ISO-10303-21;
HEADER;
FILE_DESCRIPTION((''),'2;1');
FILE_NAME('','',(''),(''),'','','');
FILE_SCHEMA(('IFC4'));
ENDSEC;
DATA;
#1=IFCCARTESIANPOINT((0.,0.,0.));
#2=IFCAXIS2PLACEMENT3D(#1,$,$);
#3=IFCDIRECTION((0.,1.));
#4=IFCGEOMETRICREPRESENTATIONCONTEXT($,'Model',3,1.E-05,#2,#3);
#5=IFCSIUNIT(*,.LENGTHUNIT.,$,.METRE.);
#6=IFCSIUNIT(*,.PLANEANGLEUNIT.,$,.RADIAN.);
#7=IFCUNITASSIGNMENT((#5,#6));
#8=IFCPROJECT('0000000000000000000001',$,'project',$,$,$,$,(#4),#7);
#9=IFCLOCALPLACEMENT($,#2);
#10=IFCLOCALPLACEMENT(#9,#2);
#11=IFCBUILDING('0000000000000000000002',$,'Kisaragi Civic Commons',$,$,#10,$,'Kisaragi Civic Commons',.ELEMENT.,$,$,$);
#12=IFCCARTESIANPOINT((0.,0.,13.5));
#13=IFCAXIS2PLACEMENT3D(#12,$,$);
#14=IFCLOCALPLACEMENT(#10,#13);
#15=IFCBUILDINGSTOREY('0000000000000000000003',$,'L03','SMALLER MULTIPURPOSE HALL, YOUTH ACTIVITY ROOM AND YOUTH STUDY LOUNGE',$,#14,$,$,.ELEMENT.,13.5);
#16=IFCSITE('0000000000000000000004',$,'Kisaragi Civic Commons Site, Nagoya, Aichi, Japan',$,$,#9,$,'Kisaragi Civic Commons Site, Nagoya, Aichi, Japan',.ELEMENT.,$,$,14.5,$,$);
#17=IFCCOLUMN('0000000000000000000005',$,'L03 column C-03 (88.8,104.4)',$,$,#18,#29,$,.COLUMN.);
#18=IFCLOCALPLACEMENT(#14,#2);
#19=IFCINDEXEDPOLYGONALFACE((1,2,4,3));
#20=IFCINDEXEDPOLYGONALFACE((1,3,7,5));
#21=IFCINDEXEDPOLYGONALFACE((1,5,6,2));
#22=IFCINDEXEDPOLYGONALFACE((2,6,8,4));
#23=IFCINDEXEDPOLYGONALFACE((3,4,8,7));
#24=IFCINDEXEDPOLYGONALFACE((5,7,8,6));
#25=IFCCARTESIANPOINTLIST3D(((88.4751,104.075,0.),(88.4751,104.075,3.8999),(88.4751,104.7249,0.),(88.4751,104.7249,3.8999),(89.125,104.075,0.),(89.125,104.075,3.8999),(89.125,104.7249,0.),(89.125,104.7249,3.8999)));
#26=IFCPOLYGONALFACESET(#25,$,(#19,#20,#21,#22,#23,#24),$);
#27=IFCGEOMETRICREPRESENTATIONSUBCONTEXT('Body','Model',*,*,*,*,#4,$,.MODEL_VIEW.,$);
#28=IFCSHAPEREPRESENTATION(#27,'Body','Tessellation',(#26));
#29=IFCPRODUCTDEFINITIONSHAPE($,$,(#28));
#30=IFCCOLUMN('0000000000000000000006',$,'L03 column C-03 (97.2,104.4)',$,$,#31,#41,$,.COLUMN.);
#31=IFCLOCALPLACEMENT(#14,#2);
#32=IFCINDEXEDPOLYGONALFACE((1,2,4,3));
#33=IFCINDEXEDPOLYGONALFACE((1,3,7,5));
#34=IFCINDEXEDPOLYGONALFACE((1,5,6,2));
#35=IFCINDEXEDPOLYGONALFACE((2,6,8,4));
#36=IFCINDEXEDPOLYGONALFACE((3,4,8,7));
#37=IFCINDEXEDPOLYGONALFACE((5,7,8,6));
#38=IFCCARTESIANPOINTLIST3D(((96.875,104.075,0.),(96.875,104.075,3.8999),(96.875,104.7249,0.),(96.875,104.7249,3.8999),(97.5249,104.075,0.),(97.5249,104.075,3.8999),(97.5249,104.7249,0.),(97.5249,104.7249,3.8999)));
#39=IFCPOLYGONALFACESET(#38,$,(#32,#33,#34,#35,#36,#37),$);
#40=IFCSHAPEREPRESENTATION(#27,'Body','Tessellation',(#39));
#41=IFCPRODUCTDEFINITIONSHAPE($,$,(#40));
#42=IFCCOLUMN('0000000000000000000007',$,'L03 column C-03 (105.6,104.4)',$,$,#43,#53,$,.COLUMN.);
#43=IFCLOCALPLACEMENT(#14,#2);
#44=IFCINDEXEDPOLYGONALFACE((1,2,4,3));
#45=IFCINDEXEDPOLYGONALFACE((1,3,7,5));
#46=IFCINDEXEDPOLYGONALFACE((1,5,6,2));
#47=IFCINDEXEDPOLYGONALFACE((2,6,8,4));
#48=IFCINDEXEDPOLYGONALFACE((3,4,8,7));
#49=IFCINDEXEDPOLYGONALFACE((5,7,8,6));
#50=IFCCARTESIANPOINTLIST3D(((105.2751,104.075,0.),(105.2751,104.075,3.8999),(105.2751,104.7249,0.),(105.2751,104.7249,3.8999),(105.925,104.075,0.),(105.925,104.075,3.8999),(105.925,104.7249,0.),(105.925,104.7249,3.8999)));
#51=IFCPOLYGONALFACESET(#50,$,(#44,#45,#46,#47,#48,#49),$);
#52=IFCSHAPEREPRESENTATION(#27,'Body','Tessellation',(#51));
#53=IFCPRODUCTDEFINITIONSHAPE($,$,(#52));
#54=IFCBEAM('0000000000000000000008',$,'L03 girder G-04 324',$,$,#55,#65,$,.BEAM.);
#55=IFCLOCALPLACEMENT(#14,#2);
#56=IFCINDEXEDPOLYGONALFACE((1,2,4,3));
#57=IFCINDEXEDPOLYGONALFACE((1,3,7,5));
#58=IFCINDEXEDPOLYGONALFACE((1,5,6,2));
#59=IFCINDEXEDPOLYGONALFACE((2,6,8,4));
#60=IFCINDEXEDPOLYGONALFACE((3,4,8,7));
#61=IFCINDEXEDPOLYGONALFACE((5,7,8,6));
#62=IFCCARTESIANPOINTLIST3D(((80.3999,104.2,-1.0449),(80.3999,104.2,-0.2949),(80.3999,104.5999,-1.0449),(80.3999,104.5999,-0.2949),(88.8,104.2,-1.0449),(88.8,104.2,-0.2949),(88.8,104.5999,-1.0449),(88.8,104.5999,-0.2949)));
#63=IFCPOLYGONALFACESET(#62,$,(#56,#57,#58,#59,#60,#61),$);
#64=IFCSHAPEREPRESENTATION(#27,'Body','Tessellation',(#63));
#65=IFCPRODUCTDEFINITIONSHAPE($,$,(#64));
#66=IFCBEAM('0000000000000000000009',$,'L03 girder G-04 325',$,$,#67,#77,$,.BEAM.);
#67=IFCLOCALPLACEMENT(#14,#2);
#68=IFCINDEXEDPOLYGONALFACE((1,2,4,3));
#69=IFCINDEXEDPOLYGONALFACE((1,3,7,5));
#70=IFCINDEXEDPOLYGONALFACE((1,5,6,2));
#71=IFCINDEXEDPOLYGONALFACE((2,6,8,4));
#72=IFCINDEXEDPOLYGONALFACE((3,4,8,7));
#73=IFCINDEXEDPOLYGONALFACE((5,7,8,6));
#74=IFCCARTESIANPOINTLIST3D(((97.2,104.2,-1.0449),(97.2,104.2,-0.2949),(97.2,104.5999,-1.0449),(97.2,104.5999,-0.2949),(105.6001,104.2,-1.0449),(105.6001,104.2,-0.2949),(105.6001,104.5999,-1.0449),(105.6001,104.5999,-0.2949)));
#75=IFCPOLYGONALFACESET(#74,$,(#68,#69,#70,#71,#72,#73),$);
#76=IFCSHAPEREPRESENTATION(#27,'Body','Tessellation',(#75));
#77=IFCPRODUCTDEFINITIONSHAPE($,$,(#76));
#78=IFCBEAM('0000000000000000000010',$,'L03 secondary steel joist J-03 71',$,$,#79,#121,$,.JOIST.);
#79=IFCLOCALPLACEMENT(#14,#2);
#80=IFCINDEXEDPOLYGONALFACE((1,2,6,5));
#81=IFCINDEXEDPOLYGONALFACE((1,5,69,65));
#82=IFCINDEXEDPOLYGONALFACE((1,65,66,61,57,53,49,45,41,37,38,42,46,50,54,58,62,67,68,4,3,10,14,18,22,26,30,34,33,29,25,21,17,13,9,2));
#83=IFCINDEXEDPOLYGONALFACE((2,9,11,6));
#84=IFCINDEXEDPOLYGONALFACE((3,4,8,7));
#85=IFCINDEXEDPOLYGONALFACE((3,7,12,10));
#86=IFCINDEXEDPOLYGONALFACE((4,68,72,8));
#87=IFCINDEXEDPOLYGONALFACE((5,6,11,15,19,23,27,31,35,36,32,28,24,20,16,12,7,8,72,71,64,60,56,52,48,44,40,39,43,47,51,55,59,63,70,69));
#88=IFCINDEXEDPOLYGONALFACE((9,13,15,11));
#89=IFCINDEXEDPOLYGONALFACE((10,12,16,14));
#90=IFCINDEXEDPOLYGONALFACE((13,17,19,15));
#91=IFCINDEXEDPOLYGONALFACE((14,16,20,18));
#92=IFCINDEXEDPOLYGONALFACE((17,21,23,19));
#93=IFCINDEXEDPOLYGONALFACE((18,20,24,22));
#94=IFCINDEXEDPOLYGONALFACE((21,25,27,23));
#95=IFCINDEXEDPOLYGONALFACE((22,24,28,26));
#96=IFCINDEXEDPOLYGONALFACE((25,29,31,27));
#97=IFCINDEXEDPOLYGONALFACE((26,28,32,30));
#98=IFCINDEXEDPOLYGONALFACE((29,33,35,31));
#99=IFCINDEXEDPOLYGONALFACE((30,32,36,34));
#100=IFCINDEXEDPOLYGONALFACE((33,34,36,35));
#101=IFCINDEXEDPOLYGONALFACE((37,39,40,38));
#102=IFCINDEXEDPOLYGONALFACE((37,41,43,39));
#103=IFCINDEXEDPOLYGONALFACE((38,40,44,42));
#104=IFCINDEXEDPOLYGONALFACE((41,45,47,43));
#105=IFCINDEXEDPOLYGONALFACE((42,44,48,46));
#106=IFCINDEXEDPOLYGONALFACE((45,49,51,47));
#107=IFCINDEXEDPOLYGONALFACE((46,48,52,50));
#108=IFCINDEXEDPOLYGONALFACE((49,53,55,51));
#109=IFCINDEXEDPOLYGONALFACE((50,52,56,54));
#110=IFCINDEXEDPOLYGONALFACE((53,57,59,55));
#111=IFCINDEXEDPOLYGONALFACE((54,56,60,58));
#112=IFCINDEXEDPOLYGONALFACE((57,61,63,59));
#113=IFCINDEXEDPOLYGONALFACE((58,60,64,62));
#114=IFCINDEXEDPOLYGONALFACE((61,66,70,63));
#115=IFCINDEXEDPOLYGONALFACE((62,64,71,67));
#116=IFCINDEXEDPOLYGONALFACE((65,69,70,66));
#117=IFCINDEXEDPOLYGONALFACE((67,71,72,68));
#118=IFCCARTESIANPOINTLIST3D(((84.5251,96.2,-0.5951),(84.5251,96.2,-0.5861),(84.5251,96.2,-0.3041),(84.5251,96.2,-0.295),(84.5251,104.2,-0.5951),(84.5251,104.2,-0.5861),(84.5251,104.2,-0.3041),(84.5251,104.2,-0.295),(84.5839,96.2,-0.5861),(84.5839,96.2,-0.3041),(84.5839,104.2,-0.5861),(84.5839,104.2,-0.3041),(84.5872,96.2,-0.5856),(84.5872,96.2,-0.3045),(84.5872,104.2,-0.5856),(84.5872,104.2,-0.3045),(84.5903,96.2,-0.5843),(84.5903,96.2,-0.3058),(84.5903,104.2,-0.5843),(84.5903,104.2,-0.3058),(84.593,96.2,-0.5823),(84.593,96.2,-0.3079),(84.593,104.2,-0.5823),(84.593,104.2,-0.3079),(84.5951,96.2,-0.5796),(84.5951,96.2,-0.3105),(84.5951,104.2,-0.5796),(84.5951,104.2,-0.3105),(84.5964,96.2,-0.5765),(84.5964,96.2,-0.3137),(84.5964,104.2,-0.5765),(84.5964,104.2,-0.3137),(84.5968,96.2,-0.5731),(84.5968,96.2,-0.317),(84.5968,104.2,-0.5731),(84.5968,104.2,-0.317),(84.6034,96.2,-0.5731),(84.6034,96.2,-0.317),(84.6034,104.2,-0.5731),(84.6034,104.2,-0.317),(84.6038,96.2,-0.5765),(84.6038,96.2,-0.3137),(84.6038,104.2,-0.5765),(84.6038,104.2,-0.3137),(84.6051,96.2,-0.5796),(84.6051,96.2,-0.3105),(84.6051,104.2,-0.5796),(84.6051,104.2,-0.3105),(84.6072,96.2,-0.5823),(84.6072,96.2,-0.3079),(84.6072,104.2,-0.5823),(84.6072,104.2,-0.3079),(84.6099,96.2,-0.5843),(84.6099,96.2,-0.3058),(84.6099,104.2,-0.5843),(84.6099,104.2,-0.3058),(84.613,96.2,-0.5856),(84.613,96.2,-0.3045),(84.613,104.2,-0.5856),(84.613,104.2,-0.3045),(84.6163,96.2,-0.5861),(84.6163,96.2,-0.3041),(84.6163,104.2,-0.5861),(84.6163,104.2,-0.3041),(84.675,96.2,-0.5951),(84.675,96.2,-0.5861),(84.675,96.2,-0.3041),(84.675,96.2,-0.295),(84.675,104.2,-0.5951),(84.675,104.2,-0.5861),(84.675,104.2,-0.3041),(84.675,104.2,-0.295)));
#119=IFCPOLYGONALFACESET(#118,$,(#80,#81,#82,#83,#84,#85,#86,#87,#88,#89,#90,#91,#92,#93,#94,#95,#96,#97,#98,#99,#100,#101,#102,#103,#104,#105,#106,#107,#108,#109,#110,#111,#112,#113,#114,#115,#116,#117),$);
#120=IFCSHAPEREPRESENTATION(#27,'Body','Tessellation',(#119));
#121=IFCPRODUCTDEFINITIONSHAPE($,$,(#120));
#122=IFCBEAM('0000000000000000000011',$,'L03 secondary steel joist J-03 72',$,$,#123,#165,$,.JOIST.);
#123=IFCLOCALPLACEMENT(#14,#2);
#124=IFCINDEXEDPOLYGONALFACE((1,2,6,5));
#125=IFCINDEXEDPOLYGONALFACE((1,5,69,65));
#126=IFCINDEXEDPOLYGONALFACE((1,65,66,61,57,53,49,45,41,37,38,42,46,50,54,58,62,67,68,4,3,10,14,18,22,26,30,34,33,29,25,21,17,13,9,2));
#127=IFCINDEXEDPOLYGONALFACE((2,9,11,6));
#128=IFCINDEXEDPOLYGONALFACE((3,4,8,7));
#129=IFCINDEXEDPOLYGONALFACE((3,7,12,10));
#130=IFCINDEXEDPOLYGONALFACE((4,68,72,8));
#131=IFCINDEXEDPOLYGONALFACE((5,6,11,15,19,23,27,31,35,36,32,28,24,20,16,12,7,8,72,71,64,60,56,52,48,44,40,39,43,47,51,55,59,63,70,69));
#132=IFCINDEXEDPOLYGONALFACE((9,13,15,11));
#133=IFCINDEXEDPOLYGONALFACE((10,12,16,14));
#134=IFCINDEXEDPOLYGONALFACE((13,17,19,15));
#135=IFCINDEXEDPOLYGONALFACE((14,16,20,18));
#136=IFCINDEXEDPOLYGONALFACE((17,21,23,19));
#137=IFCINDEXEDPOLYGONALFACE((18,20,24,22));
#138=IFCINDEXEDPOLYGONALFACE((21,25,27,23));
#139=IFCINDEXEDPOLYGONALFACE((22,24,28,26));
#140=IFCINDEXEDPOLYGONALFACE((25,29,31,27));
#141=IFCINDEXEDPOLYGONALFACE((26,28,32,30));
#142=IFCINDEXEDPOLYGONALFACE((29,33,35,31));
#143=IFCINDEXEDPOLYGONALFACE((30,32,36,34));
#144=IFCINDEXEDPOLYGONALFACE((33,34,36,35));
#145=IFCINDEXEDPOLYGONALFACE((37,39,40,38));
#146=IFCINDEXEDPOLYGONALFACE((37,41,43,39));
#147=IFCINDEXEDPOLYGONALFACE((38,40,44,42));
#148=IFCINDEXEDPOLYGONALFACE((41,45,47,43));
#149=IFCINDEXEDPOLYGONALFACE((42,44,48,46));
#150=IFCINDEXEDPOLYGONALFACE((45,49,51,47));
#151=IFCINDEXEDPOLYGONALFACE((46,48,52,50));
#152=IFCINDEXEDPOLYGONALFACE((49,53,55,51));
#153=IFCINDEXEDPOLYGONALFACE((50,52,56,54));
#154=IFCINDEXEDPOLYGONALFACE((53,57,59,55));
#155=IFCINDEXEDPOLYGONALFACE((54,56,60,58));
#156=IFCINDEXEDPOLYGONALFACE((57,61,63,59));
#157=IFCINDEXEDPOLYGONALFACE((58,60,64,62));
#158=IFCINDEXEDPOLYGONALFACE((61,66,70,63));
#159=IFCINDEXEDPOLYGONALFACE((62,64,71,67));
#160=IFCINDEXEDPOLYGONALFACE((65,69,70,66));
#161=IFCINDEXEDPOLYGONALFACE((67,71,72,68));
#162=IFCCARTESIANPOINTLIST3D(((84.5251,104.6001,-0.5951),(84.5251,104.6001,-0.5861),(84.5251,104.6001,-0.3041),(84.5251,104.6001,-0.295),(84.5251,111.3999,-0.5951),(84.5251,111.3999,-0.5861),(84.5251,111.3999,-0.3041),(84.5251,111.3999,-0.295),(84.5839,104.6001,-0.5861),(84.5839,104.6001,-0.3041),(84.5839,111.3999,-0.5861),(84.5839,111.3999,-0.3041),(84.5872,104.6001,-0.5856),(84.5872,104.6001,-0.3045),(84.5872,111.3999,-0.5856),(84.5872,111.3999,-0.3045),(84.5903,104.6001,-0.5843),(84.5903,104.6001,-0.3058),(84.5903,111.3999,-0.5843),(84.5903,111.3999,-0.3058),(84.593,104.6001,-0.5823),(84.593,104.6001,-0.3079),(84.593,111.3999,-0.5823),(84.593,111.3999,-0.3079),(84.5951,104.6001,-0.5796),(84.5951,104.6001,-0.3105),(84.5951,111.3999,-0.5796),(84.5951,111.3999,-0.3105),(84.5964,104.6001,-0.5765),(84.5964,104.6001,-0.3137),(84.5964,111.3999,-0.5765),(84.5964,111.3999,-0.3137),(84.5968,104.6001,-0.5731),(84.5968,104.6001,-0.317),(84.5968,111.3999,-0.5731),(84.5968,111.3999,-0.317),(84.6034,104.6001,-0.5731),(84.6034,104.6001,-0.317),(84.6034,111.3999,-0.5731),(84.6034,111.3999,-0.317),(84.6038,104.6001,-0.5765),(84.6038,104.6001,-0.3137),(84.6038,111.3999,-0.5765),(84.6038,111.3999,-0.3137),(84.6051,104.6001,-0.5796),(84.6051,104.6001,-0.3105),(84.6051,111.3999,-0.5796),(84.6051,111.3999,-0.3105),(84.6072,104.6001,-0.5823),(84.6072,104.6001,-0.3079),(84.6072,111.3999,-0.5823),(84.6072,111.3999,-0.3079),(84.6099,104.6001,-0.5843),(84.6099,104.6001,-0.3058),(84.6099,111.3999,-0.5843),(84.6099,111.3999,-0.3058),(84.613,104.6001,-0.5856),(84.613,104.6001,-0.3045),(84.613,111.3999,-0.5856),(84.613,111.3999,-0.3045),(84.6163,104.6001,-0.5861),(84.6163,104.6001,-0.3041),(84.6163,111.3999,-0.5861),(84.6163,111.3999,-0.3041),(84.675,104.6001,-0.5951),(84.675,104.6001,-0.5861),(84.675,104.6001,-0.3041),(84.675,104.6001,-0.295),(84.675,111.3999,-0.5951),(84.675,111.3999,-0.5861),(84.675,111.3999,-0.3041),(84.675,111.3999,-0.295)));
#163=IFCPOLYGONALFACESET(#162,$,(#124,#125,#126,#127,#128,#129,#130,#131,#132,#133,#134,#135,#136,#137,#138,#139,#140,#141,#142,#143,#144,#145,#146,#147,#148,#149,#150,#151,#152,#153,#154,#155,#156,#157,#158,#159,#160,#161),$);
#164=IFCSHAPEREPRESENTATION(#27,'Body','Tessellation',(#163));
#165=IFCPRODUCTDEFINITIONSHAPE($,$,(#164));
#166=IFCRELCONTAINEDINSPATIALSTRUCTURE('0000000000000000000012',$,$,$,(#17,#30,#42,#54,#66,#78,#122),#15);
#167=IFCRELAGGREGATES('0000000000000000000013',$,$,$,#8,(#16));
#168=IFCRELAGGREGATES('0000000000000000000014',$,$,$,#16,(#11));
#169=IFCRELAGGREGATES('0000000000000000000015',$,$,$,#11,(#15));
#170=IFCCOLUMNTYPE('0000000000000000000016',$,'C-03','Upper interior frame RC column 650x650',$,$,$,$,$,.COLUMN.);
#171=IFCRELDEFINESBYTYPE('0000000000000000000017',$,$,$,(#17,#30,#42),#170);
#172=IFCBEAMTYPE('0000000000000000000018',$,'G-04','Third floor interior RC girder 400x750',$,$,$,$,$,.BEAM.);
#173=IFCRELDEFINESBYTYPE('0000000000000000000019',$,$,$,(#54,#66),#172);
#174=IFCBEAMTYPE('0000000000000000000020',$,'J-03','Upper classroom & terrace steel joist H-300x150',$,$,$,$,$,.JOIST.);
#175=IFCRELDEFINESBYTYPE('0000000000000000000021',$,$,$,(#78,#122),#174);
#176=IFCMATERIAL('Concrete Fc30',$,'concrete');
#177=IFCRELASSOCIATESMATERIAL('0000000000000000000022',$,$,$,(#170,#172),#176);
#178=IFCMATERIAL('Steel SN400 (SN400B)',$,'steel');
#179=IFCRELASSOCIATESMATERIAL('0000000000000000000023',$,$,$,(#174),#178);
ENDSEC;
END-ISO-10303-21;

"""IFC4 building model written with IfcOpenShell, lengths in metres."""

from ifc_helpers import new_model, si_unit, direction, frame, origin, origin_2d, place, context, subcontext, project, spatial, rectangle, i_section, extrude, material, material_profile, profile_set, type_object, element, save


model = new_model("IFC4")

# Units and contexts
model_context = context("Model", 3, precision=1e-05, world=origin(), true_north=direction((0.0, 1.0)))
body_context = subcontext(model_context, "Body", "Model", "MODEL_VIEW")
ifc_project = project(units=[si_unit("LENGTHUNIT", "METRE"), si_unit("PLANEANGLEUNIT", "RADIAN")], contexts=[model_context])

# Site, building, storey
site_placement = place(None, origin())
site = spatial("IfcSite", under=ifc_project, at=site_placement, Name="Kisaragi Civic Commons Site, Nagoya, Aichi, Japan", LongName="Kisaragi Civic Commons Site, Nagoya, Aichi, Japan", CompositionType="ELEMENT", RefElevation=14.5)
building_placement = place(site_placement, origin())
building = spatial("IfcBuilding", under=site, at=building_placement, Name="Kisaragi Civic Commons", LongName="Kisaragi Civic Commons", CompositionType="ELEMENT")
storey_placement = place(building_placement, frame((0.0, 0.0, 13.5)))
storey = spatial("IfcBuildingStorey", under=building, at=storey_placement, Name="L03", Description="SMALLER MULTIPURPOSE HALL, YOUTH ACTIVITY ROOM AND YOUTH STUDY LOUNGE", CompositionType="ELEMENT", Elevation=13.5)

# Columns
ifc_material_1 = material(Name="Concrete Fc30", Category="concrete")
ifc_material_profile_1 = material_profile(ifc_material_1, rectangle(XDim=0.6499, YDim=0.6499, at=origin_2d()), Name="RC-650x650", Category="concrete")
ifc_profile_set_1 = profile_set([ifc_material_profile_1], Name="Concrete Fc30")
column_type = type_object("IfcColumnType", Name="C-03", Description="Upper interior frame RC column 650x650", PredefinedType="COLUMN", material=ifc_profile_set_1)
for number, where, z_axis, x_axis, name in (
    (1, (88.8, 104.3999, 0.0), (0.0, 0.0, 1.0), (1.0, 0.0, 0.0), "L03 column C-03 (88.8,104.4)"),
    (2, (97.2, 104.3999, 0.0), (0.0, 0.0, 1.0), (1.0, 0.0, 0.0), "L03 column C-03 (97.2,104.4)"),
    (3, (105.6001, 104.3999, 0.0), (0.0, 0.0, 1.0), (1.0, 0.0, 0.0), "L03 column C-03 (105.6,104.4)"),
):
    element("IfcColumn", number, at=place(storey_placement, frame(where, z_axis=z_axis, x_axis=x_axis)), inside=storey, type_object=column_type, Name=name, PredefinedType="COLUMN", context=body_context, shape_type="SweptSolid", body=[
        extrude(rectangle(XDim=0.6499, YDim=0.6499, at=origin_2d()), origin(), (0.0, 0.0, 1.0), 3.8999),
    ])

# Beams
ifc_material_profile_2 = material_profile(ifc_material_1, rectangle(XDim=0.3999, YDim=0.75, at=origin_2d()), Name="RC-400x750", Category="concrete")
ifc_profile_set_2 = profile_set([ifc_material_profile_2], Name="Concrete Fc30")
beam_type_1 = type_object("IfcBeamType", Name="G-04", Description="Third floor interior RC girder 400x750", PredefinedType="BEAM", material=ifc_profile_set_2)
for number, where, z_axis, x_axis, name in (
    (4, (80.3999, 104.3999, -0.6699), (1.0, 0.0, 0.0), (0.0, 1.0, 0.0), "L03 girder G-04 324"),
    (5, (97.2, 104.3999, -0.6699), (1.0, 0.0, 0.0), (0.0, 1.0, 0.0), "L03 girder G-04 325"),
):
    element("IfcBeam", number, at=place(storey_placement, frame(where, z_axis=z_axis, x_axis=x_axis)), inside=storey, type_object=beam_type_1, Name=name, PredefinedType="BEAM", context=body_context, shape_type="SweptSolid", body=[
        extrude(rectangle(XDim=0.3999, YDim=0.75, at=origin_2d()), origin(), (0.0, 0.0, 1.0), 8.4001),
    ])
ifc_material_2 = material(Name="Steel SN400 (SN400B)", Category="steel")
ifc_material_profile_3 = material_profile(ifc_material_2, i_section(OverallWidth=0.1499, OverallDepth=0.3, WebThickness=0.0066, FlangeThickness=0.009, FilletRadius=0.0129, at=origin_2d()), Name="H-300x150x6.5x9", Category="steel")
ifc_profile_set_3 = profile_set([ifc_material_profile_3], Name="Steel SN400 (SN400B)")
beam_type_2 = type_object("IfcBeamType", Name="J-03", Description="Upper classroom & terrace steel joist H-300x150", PredefinedType="JOIST", material=ifc_profile_set_3)
beam_placement = place(storey_placement, frame((84.6001, 96.2, -0.4451), z_axis=(0.0, 1.0, 0.0), x_axis=(-1.0, 0.0, 0.0)))
element("IfcBeam", 6, at=beam_placement, inside=storey, type_object=beam_type_2, Name="L03 secondary steel joist J-03 71", PredefinedType="JOIST", context=body_context, shape_type="SweptSolid", body=[
    extrude(i_section(OverallWidth=0.1499, OverallDepth=0.3, WebThickness=0.0066, FlangeThickness=0.009, FilletRadius=0.0129, at=origin_2d()), origin(), (0.0, 0.0, 1.0), 8.0),
])
for number, where, z_axis, x_axis, name in (
    (7, (84.6001, 104.6001, -0.4451), (0.0, 1.0, 0.0), (-1.0, 0.0, 0.0), "L03 secondary steel joist J-03 72"),
):
    element("IfcBeam", number, at=place(storey_placement, frame(where, z_axis=z_axis, x_axis=x_axis)), inside=storey, type_object=beam_type_2, Name=name, PredefinedType="JOIST", context=body_context, shape_type="SweptSolid", body=[
        extrude(i_section(OverallWidth=0.1499, OverallDepth=0.3, WebThickness=0.0066, FlangeThickness=0.009, FilletRadius=0.0129, at=origin_2d()), origin(), (0.0, 0.0, 1.0), 6.7998),
    ])

save(model, "model.ifc")
